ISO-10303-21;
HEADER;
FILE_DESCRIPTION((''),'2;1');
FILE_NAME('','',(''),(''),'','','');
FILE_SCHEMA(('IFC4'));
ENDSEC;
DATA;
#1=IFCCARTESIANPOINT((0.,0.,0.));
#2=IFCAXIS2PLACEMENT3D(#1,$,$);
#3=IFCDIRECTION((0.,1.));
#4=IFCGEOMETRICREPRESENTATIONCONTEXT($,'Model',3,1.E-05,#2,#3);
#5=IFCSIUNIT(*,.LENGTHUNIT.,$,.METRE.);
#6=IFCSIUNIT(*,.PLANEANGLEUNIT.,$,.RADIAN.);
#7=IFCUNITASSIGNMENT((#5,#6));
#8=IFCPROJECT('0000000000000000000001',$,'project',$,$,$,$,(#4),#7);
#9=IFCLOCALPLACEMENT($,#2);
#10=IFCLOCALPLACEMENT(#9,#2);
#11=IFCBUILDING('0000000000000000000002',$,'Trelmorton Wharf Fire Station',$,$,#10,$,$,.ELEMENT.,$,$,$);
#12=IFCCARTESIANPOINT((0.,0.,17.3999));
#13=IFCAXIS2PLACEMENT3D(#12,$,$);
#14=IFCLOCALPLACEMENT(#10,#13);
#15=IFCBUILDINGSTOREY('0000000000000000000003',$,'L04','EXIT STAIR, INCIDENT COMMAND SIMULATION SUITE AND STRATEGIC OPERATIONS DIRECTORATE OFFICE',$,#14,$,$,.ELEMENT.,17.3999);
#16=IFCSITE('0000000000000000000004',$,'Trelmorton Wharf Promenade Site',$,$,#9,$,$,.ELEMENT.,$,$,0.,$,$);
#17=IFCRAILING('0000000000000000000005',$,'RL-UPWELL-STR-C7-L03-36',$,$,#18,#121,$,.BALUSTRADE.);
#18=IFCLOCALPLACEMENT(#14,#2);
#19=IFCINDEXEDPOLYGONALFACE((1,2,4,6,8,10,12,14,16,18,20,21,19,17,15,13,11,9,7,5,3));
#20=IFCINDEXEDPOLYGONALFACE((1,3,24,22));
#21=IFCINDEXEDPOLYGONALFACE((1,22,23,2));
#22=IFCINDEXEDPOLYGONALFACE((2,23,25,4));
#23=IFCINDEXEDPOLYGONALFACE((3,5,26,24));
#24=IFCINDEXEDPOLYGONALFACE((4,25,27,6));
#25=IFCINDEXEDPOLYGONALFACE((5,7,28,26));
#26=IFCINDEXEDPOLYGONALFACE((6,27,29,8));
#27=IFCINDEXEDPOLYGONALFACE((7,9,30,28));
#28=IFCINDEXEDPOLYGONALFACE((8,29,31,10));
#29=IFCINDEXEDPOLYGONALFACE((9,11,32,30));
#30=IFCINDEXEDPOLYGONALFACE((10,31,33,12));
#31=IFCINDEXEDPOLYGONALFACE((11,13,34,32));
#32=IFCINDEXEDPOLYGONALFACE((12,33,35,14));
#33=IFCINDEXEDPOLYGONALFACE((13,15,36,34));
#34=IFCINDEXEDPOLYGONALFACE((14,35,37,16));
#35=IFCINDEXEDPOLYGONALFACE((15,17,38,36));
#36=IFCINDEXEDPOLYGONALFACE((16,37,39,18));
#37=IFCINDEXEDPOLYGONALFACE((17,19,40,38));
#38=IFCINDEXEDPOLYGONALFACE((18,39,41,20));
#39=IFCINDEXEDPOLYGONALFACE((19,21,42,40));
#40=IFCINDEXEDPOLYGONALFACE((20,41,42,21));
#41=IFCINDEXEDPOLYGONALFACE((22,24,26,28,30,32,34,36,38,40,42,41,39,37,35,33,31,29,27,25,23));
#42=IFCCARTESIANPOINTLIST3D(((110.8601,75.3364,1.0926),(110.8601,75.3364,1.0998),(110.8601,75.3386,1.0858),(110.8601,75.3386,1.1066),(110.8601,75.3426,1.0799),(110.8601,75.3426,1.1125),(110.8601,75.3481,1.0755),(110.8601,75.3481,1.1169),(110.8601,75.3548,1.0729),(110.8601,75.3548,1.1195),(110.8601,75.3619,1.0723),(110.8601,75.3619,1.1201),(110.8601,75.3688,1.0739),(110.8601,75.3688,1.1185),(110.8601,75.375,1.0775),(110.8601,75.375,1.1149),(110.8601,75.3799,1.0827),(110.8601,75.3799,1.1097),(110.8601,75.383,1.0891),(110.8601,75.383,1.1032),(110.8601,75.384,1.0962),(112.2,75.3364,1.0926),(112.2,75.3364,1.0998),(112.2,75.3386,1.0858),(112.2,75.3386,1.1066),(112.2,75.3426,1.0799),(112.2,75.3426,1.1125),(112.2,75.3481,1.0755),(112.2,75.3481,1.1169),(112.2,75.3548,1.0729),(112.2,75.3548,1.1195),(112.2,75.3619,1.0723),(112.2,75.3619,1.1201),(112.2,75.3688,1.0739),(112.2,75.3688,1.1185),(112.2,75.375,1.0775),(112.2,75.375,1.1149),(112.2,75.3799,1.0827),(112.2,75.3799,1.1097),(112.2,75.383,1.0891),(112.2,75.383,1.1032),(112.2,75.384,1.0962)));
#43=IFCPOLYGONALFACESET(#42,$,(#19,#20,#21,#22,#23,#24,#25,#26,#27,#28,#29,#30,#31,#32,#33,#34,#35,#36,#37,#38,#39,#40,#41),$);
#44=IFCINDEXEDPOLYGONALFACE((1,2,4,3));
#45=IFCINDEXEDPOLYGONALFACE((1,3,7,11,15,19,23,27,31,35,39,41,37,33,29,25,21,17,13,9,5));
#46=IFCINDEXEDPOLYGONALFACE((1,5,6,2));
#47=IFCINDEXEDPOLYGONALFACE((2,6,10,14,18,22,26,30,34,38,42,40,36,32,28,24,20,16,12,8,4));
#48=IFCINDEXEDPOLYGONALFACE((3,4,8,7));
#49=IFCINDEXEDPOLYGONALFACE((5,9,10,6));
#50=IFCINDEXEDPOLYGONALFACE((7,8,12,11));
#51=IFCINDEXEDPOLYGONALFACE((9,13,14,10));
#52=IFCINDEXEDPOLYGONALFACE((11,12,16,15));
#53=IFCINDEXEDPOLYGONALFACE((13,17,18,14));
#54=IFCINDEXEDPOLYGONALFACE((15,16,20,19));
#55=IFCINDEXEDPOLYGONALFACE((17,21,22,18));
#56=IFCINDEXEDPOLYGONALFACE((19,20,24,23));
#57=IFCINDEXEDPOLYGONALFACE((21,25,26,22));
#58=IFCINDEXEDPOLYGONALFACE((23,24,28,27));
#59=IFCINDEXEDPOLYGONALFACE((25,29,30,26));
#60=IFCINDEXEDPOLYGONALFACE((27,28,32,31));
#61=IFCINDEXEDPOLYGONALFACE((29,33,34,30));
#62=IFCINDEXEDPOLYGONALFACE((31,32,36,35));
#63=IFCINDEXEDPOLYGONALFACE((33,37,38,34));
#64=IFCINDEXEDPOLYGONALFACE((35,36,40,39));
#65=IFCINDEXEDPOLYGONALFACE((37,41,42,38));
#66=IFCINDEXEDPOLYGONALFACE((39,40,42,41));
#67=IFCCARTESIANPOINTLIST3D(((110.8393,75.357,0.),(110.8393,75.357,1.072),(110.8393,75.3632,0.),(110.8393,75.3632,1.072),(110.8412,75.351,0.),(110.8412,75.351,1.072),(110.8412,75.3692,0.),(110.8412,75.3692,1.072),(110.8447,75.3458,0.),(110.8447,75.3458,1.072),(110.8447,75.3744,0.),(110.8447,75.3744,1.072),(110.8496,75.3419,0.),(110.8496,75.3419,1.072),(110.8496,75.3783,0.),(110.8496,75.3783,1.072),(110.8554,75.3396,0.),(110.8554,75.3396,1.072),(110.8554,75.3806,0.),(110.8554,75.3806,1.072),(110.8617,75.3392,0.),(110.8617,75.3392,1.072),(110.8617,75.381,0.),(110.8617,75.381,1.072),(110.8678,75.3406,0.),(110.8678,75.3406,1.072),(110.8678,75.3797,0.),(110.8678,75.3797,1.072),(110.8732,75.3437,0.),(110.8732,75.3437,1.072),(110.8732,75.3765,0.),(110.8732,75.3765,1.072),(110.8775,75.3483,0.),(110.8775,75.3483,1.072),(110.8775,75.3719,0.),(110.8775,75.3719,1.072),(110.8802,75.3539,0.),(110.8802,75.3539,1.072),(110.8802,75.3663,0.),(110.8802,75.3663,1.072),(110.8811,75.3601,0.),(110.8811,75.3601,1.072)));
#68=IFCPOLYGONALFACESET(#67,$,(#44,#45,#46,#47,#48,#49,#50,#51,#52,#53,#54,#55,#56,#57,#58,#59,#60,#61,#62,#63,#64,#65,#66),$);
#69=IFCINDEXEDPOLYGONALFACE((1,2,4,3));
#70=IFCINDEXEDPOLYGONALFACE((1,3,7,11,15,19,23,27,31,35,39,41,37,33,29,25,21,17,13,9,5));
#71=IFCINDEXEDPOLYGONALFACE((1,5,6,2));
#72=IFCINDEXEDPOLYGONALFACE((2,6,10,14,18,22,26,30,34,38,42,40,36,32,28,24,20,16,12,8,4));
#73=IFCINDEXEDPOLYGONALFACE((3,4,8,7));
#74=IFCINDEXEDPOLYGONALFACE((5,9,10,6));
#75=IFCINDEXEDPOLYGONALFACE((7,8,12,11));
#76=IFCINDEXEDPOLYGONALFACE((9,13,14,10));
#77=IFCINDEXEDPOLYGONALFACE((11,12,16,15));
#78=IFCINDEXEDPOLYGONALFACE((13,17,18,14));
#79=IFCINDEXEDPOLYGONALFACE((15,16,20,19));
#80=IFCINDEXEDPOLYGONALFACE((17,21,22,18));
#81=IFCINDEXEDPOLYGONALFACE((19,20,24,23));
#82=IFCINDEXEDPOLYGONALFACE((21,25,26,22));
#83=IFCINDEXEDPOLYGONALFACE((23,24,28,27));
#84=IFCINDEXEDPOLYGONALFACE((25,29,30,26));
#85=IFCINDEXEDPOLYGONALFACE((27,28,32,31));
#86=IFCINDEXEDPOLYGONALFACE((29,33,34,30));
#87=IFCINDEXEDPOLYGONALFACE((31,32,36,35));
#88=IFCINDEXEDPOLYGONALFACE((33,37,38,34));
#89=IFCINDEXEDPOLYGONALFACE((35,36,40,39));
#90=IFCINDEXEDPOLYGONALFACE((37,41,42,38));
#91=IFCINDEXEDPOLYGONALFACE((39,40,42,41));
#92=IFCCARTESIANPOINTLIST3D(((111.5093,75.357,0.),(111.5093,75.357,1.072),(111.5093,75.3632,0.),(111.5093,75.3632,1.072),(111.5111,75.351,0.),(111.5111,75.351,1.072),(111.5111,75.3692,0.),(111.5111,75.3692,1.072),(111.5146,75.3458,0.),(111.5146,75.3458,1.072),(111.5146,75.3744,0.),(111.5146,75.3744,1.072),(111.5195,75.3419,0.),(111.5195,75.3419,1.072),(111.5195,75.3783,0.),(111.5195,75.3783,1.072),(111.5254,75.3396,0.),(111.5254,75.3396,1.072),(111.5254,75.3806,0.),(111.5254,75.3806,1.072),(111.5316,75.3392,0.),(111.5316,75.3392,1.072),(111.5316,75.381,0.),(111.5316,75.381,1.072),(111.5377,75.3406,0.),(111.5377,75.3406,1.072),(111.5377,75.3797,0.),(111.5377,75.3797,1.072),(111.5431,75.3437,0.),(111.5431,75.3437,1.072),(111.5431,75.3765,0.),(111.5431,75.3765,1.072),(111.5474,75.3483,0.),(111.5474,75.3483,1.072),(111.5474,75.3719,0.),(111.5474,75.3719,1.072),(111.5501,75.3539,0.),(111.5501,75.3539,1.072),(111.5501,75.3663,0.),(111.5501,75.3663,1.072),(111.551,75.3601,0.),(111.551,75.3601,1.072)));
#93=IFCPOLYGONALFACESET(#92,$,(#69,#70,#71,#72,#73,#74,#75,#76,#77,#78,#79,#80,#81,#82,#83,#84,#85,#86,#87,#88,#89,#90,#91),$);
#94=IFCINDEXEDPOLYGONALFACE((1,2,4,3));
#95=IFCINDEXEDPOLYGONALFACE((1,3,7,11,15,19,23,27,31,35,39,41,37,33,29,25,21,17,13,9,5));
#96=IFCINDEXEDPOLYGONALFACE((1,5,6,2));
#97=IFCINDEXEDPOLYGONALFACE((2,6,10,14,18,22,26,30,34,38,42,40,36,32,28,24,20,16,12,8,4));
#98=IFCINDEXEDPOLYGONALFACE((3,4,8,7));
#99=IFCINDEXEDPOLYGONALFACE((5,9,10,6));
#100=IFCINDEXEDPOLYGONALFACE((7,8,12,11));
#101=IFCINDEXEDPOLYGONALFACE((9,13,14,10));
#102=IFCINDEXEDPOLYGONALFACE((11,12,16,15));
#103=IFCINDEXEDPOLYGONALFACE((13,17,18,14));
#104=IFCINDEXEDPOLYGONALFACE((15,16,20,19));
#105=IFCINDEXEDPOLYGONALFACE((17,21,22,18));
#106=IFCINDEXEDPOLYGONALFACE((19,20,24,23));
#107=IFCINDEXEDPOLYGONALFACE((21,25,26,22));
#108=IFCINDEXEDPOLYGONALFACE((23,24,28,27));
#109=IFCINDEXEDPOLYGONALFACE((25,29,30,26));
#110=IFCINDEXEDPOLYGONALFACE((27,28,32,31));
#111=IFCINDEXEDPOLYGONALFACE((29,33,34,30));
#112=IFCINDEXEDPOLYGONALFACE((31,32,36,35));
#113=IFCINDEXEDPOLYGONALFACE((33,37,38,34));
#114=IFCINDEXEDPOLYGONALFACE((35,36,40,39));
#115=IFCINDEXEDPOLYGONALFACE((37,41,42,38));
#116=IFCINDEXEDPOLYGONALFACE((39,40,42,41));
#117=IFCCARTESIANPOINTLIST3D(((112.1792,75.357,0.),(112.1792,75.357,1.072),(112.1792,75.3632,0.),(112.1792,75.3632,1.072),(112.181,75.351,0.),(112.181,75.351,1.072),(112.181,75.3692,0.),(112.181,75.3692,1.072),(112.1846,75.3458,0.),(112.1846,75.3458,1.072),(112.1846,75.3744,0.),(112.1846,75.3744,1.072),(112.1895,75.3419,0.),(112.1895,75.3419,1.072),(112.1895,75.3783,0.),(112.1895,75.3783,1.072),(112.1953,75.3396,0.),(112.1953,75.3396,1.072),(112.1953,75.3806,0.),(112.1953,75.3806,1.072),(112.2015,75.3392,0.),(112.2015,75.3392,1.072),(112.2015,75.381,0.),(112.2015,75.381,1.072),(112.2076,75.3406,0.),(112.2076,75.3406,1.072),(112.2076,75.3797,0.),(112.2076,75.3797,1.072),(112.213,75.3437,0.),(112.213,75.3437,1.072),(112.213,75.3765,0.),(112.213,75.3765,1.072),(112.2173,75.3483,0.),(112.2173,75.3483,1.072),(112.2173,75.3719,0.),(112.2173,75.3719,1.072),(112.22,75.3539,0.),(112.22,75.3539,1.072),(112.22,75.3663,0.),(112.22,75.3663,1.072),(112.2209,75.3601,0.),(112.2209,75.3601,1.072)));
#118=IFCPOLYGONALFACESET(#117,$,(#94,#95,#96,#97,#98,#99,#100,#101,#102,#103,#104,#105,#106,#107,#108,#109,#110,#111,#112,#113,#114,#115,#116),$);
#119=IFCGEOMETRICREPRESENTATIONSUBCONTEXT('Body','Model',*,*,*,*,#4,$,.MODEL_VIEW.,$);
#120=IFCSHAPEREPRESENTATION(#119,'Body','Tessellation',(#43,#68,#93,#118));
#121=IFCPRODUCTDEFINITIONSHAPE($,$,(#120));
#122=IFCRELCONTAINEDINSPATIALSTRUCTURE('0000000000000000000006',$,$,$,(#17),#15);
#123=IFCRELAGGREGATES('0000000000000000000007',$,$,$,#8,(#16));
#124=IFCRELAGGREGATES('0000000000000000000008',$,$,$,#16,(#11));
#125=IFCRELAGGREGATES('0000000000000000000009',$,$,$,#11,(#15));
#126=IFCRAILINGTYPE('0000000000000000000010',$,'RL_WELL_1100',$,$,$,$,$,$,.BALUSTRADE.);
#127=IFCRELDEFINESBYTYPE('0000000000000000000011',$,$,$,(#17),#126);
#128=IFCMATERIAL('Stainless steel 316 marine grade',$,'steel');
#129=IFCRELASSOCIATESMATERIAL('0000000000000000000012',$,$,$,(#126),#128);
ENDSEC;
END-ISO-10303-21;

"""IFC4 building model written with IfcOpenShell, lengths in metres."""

from ifc_helpers import new_model, si_unit, direction, frame, origin, origin_2d, place, context, subcontext, project, spatial, circle, extrude, material, type_object, element, save


model = new_model("IFC4")

# Units and contexts
model_context = context("Model", 3, precision=1e-05, world=origin(), true_north=direction((0.0, 1.0)))
body_context = subcontext(model_context, "Body", "Model", "MODEL_VIEW")
ifc_project = project(units=[si_unit("LENGTHUNIT", "METRE"), si_unit("PLANEANGLEUNIT", "RADIAN")], contexts=[model_context])

# Site, building, storey
site_placement = place(None, origin())
site = spatial("IfcSite", under=ifc_project, at=site_placement, Name="Trelmorton Wharf Promenade Site", CompositionType="ELEMENT", RefElevation=0.0)
building_placement = place(site_placement, origin())
building = spatial("IfcBuilding", under=site, at=building_placement, Name="Trelmorton Wharf Fire Station", CompositionType="ELEMENT")
storey_placement = place(building_placement, frame((0.0, 0.0, 17.3999)))
storey = spatial("IfcBuildingStorey", under=building, at=storey_placement, Name="L04", Description="EXIT STAIR, INCIDENT COMMAND SIMULATION SUITE AND STRATEGIC OPERATIONS DIRECTORATE OFFICE", CompositionType="ELEMENT", Elevation=17.3999)

# Shared definitions
ifc_material_1 = material(Name="Stainless steel 316 marine grade", Category="steel")

# Railing
railing_type_1 = type_object("IfcRailingType", Name="RL_WELL_1100", PredefinedType="BALUSTRADE", material=ifc_material_1)
railing_1_placement = place(storey_placement, frame((110.8601, 75.3601, 0.0)))
element("IfcRailing", 1, at=railing_1_placement, inside=storey, type_object=railing_type_1, Name="RL-UPWELL-STR-C7-L03-36", PredefinedType="BALUSTRADE", context=body_context, shape_type="SweptSolid", body=[
    extrude(circle(Radius=0.0239, at=origin_2d()), frame((0.0, 0.0, 1.0962), z_axis=(1.0, 0.0, 0.0), x_axis=(0.0, 1.0, 0.0)), (0.0, 0.0, 1.0), 1.3398),
    extrude(circle(Radius=0.021, at=origin_2d()), origin(), (0.0, 0.0, 1.0), 1.072),
    extrude(circle(Radius=0.021, at=origin_2d()), frame((0.6699, 0.0, 0.0)), (0.0, 0.0, 1.0), 1.072),
    extrude(circle(Radius=0.021, at=origin_2d()), frame((1.3398, 0.0, 0.0)), (0.0, 0.0, 1.0), 1.072),
])

save(model, "model.ifc")
